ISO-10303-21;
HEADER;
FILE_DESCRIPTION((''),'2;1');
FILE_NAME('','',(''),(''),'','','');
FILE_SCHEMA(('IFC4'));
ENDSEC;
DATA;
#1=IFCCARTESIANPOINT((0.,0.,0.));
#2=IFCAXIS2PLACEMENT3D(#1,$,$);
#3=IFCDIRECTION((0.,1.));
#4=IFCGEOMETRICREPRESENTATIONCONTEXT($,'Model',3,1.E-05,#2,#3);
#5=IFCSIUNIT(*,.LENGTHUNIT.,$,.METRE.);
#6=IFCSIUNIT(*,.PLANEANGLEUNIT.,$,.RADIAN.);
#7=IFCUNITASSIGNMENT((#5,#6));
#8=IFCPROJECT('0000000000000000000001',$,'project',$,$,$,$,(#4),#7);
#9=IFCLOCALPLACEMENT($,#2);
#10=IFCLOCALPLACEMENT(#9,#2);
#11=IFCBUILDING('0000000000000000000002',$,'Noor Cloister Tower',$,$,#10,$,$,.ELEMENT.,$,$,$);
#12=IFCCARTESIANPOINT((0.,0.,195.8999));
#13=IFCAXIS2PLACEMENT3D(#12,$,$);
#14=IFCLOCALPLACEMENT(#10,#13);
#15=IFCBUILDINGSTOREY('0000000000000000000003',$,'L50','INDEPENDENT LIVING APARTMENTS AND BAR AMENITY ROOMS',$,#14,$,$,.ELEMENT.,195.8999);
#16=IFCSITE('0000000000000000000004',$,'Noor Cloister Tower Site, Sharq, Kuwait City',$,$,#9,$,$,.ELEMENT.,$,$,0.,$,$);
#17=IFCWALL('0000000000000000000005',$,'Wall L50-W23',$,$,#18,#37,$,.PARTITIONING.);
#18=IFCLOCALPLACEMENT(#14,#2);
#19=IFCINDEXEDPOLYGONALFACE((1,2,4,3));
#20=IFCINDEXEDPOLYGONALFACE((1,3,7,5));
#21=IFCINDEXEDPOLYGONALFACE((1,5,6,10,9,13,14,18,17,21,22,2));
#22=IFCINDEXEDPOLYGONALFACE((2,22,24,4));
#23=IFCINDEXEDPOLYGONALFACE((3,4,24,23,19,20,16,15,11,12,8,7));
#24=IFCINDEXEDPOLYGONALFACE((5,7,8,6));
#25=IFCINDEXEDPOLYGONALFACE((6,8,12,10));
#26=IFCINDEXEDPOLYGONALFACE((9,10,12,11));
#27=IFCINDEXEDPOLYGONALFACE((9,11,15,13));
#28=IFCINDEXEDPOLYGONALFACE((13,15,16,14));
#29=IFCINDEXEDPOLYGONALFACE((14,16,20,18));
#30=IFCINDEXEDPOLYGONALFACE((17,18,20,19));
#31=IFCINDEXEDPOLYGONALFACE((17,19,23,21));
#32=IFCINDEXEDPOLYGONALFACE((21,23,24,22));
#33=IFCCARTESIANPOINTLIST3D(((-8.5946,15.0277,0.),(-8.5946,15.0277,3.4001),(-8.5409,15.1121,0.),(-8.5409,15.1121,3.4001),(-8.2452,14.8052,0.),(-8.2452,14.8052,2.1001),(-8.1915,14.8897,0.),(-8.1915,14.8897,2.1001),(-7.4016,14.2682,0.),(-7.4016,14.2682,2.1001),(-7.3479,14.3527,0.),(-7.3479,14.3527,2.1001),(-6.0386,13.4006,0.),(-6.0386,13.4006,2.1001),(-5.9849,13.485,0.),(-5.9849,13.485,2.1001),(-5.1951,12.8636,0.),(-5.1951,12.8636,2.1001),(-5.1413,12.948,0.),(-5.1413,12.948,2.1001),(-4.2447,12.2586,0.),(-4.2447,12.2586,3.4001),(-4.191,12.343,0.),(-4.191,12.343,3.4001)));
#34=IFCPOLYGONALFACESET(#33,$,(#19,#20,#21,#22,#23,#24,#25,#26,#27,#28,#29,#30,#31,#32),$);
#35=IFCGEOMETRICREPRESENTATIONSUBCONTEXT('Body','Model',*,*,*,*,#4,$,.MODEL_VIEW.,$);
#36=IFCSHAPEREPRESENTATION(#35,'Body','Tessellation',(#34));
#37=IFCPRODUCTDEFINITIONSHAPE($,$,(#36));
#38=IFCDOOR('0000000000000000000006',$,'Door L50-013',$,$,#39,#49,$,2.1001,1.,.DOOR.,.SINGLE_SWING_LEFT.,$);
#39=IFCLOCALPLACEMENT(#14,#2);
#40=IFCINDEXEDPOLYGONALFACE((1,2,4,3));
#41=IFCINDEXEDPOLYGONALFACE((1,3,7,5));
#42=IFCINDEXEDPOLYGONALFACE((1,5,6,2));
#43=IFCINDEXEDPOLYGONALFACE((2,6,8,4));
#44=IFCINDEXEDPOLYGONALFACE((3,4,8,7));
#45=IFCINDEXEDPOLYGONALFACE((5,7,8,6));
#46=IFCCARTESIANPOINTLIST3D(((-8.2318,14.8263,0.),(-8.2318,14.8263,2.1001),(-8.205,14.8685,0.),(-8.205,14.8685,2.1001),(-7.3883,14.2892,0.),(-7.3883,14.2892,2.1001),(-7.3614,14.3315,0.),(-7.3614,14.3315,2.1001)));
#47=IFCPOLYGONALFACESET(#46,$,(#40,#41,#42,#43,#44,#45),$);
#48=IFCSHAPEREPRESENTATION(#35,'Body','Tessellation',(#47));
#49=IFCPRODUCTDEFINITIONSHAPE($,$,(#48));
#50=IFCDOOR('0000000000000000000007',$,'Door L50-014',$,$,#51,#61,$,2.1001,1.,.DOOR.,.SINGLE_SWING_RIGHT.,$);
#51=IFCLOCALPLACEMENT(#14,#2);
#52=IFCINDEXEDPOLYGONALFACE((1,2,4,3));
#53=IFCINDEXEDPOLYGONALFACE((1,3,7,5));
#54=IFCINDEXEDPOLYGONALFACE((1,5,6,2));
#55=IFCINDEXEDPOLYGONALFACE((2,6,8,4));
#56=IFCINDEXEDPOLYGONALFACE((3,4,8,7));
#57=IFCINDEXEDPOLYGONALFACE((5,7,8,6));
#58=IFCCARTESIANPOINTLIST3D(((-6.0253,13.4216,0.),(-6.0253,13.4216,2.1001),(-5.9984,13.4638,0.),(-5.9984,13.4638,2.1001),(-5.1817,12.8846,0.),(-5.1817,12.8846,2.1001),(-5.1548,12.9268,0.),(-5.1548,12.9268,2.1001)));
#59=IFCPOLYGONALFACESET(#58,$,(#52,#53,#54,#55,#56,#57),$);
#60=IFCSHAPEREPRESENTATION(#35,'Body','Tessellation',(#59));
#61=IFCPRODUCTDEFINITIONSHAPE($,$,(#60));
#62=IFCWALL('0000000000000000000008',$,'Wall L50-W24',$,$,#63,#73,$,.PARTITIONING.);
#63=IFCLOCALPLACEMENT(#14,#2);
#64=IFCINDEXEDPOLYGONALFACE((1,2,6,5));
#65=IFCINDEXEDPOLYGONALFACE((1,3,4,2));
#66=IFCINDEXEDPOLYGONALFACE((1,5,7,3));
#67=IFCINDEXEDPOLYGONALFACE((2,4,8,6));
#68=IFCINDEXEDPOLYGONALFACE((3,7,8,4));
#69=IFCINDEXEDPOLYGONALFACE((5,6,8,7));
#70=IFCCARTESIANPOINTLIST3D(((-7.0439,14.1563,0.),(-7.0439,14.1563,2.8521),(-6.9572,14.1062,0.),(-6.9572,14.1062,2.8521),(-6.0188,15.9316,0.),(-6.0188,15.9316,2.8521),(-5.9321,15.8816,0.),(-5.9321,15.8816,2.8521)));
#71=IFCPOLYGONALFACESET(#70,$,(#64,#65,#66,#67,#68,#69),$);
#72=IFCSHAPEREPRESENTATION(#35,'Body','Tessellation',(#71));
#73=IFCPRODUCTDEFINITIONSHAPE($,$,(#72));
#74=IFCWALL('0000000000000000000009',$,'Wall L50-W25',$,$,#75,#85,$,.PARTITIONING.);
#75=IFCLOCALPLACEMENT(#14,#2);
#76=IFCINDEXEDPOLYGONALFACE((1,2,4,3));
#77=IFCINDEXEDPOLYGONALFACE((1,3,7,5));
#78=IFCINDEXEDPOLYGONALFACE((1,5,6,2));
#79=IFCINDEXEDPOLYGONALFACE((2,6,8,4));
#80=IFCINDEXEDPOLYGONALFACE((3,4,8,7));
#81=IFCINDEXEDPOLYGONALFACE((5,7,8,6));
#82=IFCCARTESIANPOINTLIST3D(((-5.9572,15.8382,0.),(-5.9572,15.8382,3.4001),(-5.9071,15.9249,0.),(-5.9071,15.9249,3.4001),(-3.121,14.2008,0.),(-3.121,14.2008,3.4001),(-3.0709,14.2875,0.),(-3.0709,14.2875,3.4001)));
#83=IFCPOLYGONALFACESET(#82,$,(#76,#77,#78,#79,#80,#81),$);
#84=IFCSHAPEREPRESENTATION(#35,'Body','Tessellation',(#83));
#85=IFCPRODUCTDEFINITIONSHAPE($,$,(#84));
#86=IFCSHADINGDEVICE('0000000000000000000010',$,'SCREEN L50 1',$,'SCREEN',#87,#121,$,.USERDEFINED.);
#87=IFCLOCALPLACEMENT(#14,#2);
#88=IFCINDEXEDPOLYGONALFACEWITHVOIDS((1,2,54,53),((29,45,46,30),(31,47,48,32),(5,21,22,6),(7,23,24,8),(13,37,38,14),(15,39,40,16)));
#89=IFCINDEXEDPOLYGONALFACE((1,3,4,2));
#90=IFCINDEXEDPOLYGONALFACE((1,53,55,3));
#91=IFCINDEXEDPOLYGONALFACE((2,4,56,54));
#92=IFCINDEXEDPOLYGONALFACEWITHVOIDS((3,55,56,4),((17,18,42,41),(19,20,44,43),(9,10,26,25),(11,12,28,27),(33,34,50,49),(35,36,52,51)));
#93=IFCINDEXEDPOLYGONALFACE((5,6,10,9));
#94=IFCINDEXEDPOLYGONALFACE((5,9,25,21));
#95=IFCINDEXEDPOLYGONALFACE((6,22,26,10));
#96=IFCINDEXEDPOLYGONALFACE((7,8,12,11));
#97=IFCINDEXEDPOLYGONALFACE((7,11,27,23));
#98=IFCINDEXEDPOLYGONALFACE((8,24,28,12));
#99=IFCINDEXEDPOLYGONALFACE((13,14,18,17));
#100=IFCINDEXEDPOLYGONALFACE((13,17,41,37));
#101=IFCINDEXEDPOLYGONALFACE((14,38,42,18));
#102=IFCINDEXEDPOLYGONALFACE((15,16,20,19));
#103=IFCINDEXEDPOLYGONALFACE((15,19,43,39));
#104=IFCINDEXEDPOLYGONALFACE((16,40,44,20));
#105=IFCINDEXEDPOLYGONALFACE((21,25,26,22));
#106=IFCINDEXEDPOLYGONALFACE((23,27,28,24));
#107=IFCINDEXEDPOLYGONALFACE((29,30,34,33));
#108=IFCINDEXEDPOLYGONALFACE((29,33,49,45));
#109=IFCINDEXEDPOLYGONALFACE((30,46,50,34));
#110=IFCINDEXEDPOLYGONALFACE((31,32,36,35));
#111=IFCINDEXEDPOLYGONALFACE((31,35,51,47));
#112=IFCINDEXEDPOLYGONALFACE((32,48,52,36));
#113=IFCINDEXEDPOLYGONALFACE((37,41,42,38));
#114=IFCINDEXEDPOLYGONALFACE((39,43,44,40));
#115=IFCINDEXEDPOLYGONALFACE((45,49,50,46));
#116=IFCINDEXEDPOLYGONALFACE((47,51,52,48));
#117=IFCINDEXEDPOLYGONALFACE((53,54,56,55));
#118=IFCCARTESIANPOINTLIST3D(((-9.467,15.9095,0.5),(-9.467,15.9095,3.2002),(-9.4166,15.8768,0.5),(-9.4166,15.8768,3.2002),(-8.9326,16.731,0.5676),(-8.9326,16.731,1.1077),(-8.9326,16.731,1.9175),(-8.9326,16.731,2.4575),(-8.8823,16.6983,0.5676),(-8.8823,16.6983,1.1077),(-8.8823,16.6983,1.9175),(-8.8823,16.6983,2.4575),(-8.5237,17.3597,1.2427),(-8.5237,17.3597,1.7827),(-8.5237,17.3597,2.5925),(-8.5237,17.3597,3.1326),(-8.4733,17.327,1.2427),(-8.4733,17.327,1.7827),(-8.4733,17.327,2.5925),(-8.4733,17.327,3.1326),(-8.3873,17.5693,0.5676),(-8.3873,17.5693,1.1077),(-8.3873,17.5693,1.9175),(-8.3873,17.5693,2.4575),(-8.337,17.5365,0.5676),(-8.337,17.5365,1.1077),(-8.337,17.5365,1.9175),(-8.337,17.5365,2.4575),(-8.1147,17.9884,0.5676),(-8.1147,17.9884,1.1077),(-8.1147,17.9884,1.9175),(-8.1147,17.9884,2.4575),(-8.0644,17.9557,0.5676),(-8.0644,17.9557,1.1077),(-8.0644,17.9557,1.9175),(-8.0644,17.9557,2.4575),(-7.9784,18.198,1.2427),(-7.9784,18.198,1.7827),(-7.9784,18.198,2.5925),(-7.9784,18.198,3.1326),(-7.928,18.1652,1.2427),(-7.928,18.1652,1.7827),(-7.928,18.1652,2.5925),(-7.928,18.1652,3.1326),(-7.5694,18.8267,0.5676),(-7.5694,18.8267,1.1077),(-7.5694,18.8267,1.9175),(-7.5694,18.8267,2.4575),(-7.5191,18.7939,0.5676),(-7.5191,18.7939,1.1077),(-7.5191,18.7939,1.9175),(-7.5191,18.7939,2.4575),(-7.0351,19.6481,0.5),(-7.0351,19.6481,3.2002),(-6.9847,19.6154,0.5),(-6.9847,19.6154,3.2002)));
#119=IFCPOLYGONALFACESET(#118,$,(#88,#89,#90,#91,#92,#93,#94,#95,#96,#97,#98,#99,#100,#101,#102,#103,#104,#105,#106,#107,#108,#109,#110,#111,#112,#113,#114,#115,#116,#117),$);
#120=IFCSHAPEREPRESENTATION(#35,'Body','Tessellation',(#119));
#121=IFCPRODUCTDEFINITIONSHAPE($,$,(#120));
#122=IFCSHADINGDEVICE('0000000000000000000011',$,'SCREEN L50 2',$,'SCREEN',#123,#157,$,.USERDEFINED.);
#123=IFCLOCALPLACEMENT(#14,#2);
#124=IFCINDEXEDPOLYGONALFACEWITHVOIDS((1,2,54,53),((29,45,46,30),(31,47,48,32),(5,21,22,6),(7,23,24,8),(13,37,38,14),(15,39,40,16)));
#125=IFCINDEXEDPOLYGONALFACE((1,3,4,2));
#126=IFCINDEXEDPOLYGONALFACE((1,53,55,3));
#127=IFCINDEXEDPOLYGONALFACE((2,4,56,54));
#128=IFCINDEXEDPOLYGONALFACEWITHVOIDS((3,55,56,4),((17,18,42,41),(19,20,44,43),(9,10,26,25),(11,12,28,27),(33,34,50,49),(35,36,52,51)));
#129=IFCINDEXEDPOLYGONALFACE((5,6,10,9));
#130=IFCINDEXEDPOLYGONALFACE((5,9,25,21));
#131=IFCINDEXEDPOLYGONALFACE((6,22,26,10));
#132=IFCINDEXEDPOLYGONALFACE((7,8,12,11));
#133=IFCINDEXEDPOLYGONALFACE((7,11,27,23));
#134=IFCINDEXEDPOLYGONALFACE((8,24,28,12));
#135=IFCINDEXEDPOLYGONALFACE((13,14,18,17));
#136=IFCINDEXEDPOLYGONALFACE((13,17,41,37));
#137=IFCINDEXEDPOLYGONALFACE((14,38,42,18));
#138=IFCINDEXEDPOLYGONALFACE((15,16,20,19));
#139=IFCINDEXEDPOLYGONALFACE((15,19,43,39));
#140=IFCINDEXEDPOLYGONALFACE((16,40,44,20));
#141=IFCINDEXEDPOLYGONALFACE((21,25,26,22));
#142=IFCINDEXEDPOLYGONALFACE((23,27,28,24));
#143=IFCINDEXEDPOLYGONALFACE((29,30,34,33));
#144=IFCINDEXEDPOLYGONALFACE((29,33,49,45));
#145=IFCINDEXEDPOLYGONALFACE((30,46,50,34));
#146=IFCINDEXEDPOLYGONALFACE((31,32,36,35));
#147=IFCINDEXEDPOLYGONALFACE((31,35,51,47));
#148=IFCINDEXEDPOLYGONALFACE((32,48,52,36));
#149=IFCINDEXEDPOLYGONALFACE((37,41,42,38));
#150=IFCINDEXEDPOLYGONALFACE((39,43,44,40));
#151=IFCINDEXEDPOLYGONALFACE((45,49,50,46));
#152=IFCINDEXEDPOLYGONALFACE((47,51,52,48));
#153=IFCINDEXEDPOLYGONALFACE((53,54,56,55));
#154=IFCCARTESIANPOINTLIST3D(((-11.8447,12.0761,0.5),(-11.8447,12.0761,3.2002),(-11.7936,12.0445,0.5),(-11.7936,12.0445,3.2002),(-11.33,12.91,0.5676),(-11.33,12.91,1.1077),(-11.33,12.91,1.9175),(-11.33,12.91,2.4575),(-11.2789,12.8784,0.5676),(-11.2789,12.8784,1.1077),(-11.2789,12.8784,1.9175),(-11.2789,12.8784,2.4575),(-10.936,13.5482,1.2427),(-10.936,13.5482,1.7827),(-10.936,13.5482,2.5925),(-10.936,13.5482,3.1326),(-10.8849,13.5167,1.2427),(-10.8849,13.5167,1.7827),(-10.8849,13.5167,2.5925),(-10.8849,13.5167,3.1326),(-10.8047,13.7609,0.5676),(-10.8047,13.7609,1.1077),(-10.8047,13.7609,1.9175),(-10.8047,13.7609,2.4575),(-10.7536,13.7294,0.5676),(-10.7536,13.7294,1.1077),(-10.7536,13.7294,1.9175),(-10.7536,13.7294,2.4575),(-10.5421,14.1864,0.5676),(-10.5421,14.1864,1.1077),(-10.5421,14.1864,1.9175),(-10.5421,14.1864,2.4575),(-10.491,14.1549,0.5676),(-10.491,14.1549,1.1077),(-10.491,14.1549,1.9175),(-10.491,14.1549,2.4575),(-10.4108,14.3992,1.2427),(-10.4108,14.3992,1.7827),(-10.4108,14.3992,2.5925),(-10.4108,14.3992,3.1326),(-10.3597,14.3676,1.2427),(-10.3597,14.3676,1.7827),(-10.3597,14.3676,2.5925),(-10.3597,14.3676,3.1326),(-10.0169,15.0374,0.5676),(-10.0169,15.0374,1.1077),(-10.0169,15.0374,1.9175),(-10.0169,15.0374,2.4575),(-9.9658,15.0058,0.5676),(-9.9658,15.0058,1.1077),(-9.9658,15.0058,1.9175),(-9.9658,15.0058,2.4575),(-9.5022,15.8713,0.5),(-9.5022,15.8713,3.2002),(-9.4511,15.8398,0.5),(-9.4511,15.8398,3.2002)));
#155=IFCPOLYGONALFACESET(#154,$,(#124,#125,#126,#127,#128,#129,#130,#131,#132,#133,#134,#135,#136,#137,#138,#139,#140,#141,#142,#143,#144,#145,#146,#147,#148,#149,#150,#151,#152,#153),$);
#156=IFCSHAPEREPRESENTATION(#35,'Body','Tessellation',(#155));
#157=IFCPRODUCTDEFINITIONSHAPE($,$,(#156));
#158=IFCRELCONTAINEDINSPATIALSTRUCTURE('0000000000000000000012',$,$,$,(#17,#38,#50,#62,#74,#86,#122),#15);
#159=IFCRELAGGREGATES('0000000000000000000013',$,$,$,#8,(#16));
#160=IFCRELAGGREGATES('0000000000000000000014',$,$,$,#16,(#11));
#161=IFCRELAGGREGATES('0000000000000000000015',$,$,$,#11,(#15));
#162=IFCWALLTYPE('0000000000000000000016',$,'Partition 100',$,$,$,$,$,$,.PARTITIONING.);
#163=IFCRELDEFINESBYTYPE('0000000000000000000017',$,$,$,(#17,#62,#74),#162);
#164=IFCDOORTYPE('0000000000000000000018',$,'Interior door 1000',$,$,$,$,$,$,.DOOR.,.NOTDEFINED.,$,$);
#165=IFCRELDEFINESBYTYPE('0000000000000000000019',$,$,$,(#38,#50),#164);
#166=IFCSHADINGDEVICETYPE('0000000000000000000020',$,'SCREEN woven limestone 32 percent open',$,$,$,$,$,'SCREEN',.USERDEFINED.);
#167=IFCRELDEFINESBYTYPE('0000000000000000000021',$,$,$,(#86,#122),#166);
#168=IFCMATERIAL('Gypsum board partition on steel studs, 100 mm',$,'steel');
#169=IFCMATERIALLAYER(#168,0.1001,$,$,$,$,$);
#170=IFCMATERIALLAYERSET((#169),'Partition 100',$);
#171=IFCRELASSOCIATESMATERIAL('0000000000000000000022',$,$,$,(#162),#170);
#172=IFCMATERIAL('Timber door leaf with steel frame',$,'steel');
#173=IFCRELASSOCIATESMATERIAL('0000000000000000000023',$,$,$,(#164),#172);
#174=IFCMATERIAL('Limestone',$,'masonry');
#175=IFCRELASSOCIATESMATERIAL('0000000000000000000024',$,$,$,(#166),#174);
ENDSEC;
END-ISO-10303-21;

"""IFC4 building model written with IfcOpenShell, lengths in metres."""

from ifc_helpers import new_model, si_unit, direction, frame, frame_2d, origin, place, context, subcontext, project, spatial, polyline, rectangle, outline, extrude, material, layer, layer_set, material_profile, profile_set, type_object, element, fill, save


model = new_model("IFC4")

# Units and contexts
model_context = context("Model", 3, precision=1e-05, world=origin(), true_north=direction((0.0, 1.0)))
body_context = subcontext(model_context, "Body", "Model", "MODEL_VIEW")
ifc_project = project(units=[si_unit("LENGTHUNIT", "METRE"), si_unit("PLANEANGLEUNIT", "RADIAN")], contexts=[model_context])

# Site, building, storey
site_placement = place(None, origin())
site = spatial("IfcSite", under=ifc_project, at=site_placement, Name="Noor Cloister Tower Site, Sharq, Kuwait City", CompositionType="ELEMENT", RefElevation=0.0)
building_placement = place(site_placement, origin())
building = spatial("IfcBuilding", under=site, at=building_placement, Name="Noor Cloister Tower", CompositionType="ELEMENT")
storey_placement = place(building_placement, frame((0.0, 0.0, 195.8999)))
storey = spatial("IfcBuildingStorey", under=building, at=storey_placement, Name="L50", Description="INDEPENDENT LIVING APARTMENTS AND BAR AMENITY ROOMS", CompositionType="ELEMENT", Elevation=195.8999)

# Wall, openings, doors
ifc_material_1 = material(Name="Gypsum board partition on steel studs, 100 mm", Category="steel")
ifc_layer_1 = layer(ifc_material_1, 0.1001)
ifc_layer_set_1 = layer_set([ifc_layer_1], Name="Partition 100")
wall_type_1 = type_object("IfcWallType", Name="Partition 100", PredefinedType="PARTITIONING", material=ifc_layer_set_1)
wall_1_placement = place(storey_placement, frame((-8.5676, 15.0698, 0.0), z_axis=(0.0, 0.0, 1.0), x_axis=(0.843578, -0.537007, 0.0)))
wall_1 = element("IfcWall", 1, at=wall_1_placement, inside=storey, type_object=wall_type_1, Name="Wall L50-W23", PredefinedType="PARTITIONING", context=body_context, shape_type="SweptSolid", body=[
    extrude(rectangle(XDim=5.1565, YDim=0.1001, at=frame_2d((2.5781, 0.0))), origin(), (0.0, 0.0, 1.0), 3.4001),
])
opening_1_placement = place(wall_1_placement, frame((0.4141, 0.0, 0.0)))
opening_1 = element("IfcOpeningElement", 2, at=opening_1_placement, cuts=wall_1, PredefinedType="OPENING", context=body_context, shape_type="SweptSolid", body=[
    extrude(rectangle(XDim=1.0, YDim=2.1001, at=frame_2d((0.5, 1.05))), frame((0.0, 0.0601, 0.0), z_axis=(0.0, -1.0, 0.0), x_axis=(1.0, 0.0, 0.0)), (0.0, 0.0, 1.0), 0.1201),
])
opening_2_placement = place(wall_1_placement, frame((3.0298, 0.0, 0.0)))
opening_2 = element("IfcOpeningElement", 3, at=opening_2_placement, cuts=wall_1, PredefinedType="OPENING", context=body_context, shape_type="SweptSolid", body=[
    extrude(rectangle(XDim=1.0, YDim=2.1001, at=frame_2d((0.5, 1.05))), frame((0.0, 0.0601, 0.0), z_axis=(0.0, -1.0, 0.0), x_axis=(1.0, 0.0, 0.0)), (0.0, 0.0, 1.0), 0.1201),
])
ifc_material_2 = material(Name="Timber door leaf with steel frame", Category="steel")
door_type_1 = type_object("IfcDoorType", Name="Interior door 1000", OperationType="NOTDEFINED", PredefinedType="DOOR", material=ifc_material_2)
door_1_placement = place(opening_1_placement, origin())
door_1 = element("IfcDoor", 4, at=door_1_placement, inside=storey, type_object=door_type_1, Name="Door L50-013", OperationType="SINGLE_SWING_LEFT", OverallHeight=2.1001, OverallWidth=1.0, PredefinedType="DOOR", context=body_context, shape_type="SweptSolid", body=[
    extrude(rectangle(XDim=1.0, YDim=2.1001, at=frame_2d((0.5, 1.05))), frame((0.0, 0.0249, 0.0), z_axis=(0.0, -1.0, 0.0), x_axis=(1.0, 0.0, 0.0)), (0.0, 0.0, 1.0), 0.05),
])
fill(opening_1, door_1)
door_2_placement = place(opening_2_placement, origin())
door_2 = element("IfcDoor", 5, at=door_2_placement, inside=storey, type_object=door_type_1, Name="Door L50-014", OperationType="SINGLE_SWING_RIGHT", OverallHeight=2.1001, OverallWidth=1.0, PredefinedType="DOOR", context=body_context, shape_type="SweptSolid", body=[
    extrude(rectangle(XDim=1.0, YDim=2.1001, at=frame_2d((0.5, 1.05))), frame((0.0, 0.0249, 0.0), z_axis=(0.0, -1.0, 0.0), x_axis=(1.0, 0.0, 0.0)), (0.0, 0.0, 1.0), 0.05),
])
fill(opening_2, door_2)

# Walls
wall_2_placement = place(storey_placement, frame((-7.0005, 14.1313, 0.0), z_axis=(0.0, 0.0, 1.0), x_axis=(0.500045, 0.865999, 0.0)))
element("IfcWall", 6, at=wall_2_placement, inside=storey, type_object=wall_type_1, Name="Wall L50-W24", PredefinedType="PARTITIONING", context=body_context, shape_type="SweptSolid", body=[
    extrude(rectangle(XDim=2.05, YDim=0.1001, at=frame_2d((1.0249, 0.0))), origin(), (0.0, 0.0, 1.0), 2.8521),
])
wall_3_placement = place(storey_placement, frame((-5.9321, 15.8816, 0.0), z_axis=(0.0, 0.0, 1.0), x_axis=(0.866028, -0.499996, 0.0)))
element("IfcWall", 7, at=wall_3_placement, inside=storey, type_object=wall_type_1, Name="Wall L50-W25", PredefinedType="PARTITIONING", context=body_context, shape_type="SweptSolid", body=[
    extrude(rectangle(XDim=3.2749, YDim=0.1001, at=frame_2d((1.6375, 0.0))), origin(), (0.0, 0.0, 1.0), 3.4001),
])

# Shading devices
ifc_material_3 = material(Name="Limestone", Category="masonry")
ifc_material_profile_1 = material_profile(ifc_material_3, outline(polyline([(-2.23, -1.3501), (2.23, -1.3501), (2.23, 1.3501), (-2.23, 1.3501), (-2.23, -1.3501)]), holes=[polyline([(-1.25, -1.2825), (-0.25, -1.2825), (-0.25, -0.7424), (-1.25, -0.7424), (-1.25, -1.2825)]), polyline([(0.25, -1.2825), (1.25, -1.2825), (1.25, -0.7424), (0.25, -0.7424), (0.25, -1.2825)]), polyline([(-0.5, -0.6074), (0.5, -0.6074), (0.5, -0.0674), (-0.5, -0.0674), (-0.5, -0.6074)]), polyline([(-1.25, 0.0674), (-0.25, 0.0674), (-0.25, 0.6074), (-1.25, 0.6074), (-1.25, 0.0674)]), polyline([(0.25, 0.0674), (1.25, 0.0674), (1.25, 0.6074), (0.25, 0.6074), (0.25, 0.0674)]), polyline([(-0.5, 0.7424), (0.5, 0.7424), (0.5, 1.2825), (-0.5, 1.2825), (-0.5, 0.7424)])]), Name="Woven screen 32 percent open")
ifc_profile_set_1 = profile_set([ifc_material_profile_1], Name="Limestone")
shading_device_type = type_object("IfcShadingDeviceType", Name="SCREEN woven limestone 32 percent open", ElementType="SCREEN", PredefinedType="USERDEFINED", material=ifc_profile_set_1)
for number, where, z_axis, x_axis, name in (
    (8, (-8.2007, 17.7461, 1.8501), (-0.838258, 0.545274, 0.0), (-0.545274, -0.838258, 0.0), "SCREEN L50 1"),
    (9, (-10.6223, 13.9421, 1.8501), (-0.850959, 0.525233, 0.0), (-0.525233, -0.850959, 0.0), "SCREEN L50 2"),
):
    element("IfcShadingDevice", number, at=place(storey_placement, frame(where, z_axis=z_axis, x_axis=x_axis)), inside=storey, type_object=shading_device_type, Name=name, ObjectType="SCREEN", PredefinedType="USERDEFINED", context=body_context, shape_type="SweptSolid", body=[
        extrude(outline(polyline([(-2.23, -1.3501), (2.23, -1.3501), (2.23, 1.3501), (-2.23, 1.3501), (-2.23, -1.3501)]), holes=[polyline([(-1.25, -1.2825), (-0.25, -1.2825), (-0.25, -0.7424), (-1.25, -0.7424), (-1.25, -1.2825)]), polyline([(0.25, -1.2825), (1.25, -1.2825), (1.25, -0.7424), (0.25, -0.7424), (0.25, -1.2825)]), polyline([(-0.5, -0.6074), (0.5, -0.6074), (0.5, -0.0674), (-0.5, -0.0674), (-0.5, -0.6074)]), polyline([(-1.25, 0.0674), (-0.25, 0.0674), (-0.25, 0.6074), (-1.25, 0.6074), (-1.25, 0.0674)]), polyline([(0.25, 0.0674), (1.25, 0.0674), (1.25, 0.6074), (0.25, 0.6074), (0.25, 0.0674)]), polyline([(-0.5, 0.7424), (0.5, 0.7424), (0.5, 1.2825), (-0.5, 1.2825), (-0.5, 0.7424)])]), origin(), (0.0, 0.0, 1.0), 0.0601),
    ])

save(model, "model.ifc")
